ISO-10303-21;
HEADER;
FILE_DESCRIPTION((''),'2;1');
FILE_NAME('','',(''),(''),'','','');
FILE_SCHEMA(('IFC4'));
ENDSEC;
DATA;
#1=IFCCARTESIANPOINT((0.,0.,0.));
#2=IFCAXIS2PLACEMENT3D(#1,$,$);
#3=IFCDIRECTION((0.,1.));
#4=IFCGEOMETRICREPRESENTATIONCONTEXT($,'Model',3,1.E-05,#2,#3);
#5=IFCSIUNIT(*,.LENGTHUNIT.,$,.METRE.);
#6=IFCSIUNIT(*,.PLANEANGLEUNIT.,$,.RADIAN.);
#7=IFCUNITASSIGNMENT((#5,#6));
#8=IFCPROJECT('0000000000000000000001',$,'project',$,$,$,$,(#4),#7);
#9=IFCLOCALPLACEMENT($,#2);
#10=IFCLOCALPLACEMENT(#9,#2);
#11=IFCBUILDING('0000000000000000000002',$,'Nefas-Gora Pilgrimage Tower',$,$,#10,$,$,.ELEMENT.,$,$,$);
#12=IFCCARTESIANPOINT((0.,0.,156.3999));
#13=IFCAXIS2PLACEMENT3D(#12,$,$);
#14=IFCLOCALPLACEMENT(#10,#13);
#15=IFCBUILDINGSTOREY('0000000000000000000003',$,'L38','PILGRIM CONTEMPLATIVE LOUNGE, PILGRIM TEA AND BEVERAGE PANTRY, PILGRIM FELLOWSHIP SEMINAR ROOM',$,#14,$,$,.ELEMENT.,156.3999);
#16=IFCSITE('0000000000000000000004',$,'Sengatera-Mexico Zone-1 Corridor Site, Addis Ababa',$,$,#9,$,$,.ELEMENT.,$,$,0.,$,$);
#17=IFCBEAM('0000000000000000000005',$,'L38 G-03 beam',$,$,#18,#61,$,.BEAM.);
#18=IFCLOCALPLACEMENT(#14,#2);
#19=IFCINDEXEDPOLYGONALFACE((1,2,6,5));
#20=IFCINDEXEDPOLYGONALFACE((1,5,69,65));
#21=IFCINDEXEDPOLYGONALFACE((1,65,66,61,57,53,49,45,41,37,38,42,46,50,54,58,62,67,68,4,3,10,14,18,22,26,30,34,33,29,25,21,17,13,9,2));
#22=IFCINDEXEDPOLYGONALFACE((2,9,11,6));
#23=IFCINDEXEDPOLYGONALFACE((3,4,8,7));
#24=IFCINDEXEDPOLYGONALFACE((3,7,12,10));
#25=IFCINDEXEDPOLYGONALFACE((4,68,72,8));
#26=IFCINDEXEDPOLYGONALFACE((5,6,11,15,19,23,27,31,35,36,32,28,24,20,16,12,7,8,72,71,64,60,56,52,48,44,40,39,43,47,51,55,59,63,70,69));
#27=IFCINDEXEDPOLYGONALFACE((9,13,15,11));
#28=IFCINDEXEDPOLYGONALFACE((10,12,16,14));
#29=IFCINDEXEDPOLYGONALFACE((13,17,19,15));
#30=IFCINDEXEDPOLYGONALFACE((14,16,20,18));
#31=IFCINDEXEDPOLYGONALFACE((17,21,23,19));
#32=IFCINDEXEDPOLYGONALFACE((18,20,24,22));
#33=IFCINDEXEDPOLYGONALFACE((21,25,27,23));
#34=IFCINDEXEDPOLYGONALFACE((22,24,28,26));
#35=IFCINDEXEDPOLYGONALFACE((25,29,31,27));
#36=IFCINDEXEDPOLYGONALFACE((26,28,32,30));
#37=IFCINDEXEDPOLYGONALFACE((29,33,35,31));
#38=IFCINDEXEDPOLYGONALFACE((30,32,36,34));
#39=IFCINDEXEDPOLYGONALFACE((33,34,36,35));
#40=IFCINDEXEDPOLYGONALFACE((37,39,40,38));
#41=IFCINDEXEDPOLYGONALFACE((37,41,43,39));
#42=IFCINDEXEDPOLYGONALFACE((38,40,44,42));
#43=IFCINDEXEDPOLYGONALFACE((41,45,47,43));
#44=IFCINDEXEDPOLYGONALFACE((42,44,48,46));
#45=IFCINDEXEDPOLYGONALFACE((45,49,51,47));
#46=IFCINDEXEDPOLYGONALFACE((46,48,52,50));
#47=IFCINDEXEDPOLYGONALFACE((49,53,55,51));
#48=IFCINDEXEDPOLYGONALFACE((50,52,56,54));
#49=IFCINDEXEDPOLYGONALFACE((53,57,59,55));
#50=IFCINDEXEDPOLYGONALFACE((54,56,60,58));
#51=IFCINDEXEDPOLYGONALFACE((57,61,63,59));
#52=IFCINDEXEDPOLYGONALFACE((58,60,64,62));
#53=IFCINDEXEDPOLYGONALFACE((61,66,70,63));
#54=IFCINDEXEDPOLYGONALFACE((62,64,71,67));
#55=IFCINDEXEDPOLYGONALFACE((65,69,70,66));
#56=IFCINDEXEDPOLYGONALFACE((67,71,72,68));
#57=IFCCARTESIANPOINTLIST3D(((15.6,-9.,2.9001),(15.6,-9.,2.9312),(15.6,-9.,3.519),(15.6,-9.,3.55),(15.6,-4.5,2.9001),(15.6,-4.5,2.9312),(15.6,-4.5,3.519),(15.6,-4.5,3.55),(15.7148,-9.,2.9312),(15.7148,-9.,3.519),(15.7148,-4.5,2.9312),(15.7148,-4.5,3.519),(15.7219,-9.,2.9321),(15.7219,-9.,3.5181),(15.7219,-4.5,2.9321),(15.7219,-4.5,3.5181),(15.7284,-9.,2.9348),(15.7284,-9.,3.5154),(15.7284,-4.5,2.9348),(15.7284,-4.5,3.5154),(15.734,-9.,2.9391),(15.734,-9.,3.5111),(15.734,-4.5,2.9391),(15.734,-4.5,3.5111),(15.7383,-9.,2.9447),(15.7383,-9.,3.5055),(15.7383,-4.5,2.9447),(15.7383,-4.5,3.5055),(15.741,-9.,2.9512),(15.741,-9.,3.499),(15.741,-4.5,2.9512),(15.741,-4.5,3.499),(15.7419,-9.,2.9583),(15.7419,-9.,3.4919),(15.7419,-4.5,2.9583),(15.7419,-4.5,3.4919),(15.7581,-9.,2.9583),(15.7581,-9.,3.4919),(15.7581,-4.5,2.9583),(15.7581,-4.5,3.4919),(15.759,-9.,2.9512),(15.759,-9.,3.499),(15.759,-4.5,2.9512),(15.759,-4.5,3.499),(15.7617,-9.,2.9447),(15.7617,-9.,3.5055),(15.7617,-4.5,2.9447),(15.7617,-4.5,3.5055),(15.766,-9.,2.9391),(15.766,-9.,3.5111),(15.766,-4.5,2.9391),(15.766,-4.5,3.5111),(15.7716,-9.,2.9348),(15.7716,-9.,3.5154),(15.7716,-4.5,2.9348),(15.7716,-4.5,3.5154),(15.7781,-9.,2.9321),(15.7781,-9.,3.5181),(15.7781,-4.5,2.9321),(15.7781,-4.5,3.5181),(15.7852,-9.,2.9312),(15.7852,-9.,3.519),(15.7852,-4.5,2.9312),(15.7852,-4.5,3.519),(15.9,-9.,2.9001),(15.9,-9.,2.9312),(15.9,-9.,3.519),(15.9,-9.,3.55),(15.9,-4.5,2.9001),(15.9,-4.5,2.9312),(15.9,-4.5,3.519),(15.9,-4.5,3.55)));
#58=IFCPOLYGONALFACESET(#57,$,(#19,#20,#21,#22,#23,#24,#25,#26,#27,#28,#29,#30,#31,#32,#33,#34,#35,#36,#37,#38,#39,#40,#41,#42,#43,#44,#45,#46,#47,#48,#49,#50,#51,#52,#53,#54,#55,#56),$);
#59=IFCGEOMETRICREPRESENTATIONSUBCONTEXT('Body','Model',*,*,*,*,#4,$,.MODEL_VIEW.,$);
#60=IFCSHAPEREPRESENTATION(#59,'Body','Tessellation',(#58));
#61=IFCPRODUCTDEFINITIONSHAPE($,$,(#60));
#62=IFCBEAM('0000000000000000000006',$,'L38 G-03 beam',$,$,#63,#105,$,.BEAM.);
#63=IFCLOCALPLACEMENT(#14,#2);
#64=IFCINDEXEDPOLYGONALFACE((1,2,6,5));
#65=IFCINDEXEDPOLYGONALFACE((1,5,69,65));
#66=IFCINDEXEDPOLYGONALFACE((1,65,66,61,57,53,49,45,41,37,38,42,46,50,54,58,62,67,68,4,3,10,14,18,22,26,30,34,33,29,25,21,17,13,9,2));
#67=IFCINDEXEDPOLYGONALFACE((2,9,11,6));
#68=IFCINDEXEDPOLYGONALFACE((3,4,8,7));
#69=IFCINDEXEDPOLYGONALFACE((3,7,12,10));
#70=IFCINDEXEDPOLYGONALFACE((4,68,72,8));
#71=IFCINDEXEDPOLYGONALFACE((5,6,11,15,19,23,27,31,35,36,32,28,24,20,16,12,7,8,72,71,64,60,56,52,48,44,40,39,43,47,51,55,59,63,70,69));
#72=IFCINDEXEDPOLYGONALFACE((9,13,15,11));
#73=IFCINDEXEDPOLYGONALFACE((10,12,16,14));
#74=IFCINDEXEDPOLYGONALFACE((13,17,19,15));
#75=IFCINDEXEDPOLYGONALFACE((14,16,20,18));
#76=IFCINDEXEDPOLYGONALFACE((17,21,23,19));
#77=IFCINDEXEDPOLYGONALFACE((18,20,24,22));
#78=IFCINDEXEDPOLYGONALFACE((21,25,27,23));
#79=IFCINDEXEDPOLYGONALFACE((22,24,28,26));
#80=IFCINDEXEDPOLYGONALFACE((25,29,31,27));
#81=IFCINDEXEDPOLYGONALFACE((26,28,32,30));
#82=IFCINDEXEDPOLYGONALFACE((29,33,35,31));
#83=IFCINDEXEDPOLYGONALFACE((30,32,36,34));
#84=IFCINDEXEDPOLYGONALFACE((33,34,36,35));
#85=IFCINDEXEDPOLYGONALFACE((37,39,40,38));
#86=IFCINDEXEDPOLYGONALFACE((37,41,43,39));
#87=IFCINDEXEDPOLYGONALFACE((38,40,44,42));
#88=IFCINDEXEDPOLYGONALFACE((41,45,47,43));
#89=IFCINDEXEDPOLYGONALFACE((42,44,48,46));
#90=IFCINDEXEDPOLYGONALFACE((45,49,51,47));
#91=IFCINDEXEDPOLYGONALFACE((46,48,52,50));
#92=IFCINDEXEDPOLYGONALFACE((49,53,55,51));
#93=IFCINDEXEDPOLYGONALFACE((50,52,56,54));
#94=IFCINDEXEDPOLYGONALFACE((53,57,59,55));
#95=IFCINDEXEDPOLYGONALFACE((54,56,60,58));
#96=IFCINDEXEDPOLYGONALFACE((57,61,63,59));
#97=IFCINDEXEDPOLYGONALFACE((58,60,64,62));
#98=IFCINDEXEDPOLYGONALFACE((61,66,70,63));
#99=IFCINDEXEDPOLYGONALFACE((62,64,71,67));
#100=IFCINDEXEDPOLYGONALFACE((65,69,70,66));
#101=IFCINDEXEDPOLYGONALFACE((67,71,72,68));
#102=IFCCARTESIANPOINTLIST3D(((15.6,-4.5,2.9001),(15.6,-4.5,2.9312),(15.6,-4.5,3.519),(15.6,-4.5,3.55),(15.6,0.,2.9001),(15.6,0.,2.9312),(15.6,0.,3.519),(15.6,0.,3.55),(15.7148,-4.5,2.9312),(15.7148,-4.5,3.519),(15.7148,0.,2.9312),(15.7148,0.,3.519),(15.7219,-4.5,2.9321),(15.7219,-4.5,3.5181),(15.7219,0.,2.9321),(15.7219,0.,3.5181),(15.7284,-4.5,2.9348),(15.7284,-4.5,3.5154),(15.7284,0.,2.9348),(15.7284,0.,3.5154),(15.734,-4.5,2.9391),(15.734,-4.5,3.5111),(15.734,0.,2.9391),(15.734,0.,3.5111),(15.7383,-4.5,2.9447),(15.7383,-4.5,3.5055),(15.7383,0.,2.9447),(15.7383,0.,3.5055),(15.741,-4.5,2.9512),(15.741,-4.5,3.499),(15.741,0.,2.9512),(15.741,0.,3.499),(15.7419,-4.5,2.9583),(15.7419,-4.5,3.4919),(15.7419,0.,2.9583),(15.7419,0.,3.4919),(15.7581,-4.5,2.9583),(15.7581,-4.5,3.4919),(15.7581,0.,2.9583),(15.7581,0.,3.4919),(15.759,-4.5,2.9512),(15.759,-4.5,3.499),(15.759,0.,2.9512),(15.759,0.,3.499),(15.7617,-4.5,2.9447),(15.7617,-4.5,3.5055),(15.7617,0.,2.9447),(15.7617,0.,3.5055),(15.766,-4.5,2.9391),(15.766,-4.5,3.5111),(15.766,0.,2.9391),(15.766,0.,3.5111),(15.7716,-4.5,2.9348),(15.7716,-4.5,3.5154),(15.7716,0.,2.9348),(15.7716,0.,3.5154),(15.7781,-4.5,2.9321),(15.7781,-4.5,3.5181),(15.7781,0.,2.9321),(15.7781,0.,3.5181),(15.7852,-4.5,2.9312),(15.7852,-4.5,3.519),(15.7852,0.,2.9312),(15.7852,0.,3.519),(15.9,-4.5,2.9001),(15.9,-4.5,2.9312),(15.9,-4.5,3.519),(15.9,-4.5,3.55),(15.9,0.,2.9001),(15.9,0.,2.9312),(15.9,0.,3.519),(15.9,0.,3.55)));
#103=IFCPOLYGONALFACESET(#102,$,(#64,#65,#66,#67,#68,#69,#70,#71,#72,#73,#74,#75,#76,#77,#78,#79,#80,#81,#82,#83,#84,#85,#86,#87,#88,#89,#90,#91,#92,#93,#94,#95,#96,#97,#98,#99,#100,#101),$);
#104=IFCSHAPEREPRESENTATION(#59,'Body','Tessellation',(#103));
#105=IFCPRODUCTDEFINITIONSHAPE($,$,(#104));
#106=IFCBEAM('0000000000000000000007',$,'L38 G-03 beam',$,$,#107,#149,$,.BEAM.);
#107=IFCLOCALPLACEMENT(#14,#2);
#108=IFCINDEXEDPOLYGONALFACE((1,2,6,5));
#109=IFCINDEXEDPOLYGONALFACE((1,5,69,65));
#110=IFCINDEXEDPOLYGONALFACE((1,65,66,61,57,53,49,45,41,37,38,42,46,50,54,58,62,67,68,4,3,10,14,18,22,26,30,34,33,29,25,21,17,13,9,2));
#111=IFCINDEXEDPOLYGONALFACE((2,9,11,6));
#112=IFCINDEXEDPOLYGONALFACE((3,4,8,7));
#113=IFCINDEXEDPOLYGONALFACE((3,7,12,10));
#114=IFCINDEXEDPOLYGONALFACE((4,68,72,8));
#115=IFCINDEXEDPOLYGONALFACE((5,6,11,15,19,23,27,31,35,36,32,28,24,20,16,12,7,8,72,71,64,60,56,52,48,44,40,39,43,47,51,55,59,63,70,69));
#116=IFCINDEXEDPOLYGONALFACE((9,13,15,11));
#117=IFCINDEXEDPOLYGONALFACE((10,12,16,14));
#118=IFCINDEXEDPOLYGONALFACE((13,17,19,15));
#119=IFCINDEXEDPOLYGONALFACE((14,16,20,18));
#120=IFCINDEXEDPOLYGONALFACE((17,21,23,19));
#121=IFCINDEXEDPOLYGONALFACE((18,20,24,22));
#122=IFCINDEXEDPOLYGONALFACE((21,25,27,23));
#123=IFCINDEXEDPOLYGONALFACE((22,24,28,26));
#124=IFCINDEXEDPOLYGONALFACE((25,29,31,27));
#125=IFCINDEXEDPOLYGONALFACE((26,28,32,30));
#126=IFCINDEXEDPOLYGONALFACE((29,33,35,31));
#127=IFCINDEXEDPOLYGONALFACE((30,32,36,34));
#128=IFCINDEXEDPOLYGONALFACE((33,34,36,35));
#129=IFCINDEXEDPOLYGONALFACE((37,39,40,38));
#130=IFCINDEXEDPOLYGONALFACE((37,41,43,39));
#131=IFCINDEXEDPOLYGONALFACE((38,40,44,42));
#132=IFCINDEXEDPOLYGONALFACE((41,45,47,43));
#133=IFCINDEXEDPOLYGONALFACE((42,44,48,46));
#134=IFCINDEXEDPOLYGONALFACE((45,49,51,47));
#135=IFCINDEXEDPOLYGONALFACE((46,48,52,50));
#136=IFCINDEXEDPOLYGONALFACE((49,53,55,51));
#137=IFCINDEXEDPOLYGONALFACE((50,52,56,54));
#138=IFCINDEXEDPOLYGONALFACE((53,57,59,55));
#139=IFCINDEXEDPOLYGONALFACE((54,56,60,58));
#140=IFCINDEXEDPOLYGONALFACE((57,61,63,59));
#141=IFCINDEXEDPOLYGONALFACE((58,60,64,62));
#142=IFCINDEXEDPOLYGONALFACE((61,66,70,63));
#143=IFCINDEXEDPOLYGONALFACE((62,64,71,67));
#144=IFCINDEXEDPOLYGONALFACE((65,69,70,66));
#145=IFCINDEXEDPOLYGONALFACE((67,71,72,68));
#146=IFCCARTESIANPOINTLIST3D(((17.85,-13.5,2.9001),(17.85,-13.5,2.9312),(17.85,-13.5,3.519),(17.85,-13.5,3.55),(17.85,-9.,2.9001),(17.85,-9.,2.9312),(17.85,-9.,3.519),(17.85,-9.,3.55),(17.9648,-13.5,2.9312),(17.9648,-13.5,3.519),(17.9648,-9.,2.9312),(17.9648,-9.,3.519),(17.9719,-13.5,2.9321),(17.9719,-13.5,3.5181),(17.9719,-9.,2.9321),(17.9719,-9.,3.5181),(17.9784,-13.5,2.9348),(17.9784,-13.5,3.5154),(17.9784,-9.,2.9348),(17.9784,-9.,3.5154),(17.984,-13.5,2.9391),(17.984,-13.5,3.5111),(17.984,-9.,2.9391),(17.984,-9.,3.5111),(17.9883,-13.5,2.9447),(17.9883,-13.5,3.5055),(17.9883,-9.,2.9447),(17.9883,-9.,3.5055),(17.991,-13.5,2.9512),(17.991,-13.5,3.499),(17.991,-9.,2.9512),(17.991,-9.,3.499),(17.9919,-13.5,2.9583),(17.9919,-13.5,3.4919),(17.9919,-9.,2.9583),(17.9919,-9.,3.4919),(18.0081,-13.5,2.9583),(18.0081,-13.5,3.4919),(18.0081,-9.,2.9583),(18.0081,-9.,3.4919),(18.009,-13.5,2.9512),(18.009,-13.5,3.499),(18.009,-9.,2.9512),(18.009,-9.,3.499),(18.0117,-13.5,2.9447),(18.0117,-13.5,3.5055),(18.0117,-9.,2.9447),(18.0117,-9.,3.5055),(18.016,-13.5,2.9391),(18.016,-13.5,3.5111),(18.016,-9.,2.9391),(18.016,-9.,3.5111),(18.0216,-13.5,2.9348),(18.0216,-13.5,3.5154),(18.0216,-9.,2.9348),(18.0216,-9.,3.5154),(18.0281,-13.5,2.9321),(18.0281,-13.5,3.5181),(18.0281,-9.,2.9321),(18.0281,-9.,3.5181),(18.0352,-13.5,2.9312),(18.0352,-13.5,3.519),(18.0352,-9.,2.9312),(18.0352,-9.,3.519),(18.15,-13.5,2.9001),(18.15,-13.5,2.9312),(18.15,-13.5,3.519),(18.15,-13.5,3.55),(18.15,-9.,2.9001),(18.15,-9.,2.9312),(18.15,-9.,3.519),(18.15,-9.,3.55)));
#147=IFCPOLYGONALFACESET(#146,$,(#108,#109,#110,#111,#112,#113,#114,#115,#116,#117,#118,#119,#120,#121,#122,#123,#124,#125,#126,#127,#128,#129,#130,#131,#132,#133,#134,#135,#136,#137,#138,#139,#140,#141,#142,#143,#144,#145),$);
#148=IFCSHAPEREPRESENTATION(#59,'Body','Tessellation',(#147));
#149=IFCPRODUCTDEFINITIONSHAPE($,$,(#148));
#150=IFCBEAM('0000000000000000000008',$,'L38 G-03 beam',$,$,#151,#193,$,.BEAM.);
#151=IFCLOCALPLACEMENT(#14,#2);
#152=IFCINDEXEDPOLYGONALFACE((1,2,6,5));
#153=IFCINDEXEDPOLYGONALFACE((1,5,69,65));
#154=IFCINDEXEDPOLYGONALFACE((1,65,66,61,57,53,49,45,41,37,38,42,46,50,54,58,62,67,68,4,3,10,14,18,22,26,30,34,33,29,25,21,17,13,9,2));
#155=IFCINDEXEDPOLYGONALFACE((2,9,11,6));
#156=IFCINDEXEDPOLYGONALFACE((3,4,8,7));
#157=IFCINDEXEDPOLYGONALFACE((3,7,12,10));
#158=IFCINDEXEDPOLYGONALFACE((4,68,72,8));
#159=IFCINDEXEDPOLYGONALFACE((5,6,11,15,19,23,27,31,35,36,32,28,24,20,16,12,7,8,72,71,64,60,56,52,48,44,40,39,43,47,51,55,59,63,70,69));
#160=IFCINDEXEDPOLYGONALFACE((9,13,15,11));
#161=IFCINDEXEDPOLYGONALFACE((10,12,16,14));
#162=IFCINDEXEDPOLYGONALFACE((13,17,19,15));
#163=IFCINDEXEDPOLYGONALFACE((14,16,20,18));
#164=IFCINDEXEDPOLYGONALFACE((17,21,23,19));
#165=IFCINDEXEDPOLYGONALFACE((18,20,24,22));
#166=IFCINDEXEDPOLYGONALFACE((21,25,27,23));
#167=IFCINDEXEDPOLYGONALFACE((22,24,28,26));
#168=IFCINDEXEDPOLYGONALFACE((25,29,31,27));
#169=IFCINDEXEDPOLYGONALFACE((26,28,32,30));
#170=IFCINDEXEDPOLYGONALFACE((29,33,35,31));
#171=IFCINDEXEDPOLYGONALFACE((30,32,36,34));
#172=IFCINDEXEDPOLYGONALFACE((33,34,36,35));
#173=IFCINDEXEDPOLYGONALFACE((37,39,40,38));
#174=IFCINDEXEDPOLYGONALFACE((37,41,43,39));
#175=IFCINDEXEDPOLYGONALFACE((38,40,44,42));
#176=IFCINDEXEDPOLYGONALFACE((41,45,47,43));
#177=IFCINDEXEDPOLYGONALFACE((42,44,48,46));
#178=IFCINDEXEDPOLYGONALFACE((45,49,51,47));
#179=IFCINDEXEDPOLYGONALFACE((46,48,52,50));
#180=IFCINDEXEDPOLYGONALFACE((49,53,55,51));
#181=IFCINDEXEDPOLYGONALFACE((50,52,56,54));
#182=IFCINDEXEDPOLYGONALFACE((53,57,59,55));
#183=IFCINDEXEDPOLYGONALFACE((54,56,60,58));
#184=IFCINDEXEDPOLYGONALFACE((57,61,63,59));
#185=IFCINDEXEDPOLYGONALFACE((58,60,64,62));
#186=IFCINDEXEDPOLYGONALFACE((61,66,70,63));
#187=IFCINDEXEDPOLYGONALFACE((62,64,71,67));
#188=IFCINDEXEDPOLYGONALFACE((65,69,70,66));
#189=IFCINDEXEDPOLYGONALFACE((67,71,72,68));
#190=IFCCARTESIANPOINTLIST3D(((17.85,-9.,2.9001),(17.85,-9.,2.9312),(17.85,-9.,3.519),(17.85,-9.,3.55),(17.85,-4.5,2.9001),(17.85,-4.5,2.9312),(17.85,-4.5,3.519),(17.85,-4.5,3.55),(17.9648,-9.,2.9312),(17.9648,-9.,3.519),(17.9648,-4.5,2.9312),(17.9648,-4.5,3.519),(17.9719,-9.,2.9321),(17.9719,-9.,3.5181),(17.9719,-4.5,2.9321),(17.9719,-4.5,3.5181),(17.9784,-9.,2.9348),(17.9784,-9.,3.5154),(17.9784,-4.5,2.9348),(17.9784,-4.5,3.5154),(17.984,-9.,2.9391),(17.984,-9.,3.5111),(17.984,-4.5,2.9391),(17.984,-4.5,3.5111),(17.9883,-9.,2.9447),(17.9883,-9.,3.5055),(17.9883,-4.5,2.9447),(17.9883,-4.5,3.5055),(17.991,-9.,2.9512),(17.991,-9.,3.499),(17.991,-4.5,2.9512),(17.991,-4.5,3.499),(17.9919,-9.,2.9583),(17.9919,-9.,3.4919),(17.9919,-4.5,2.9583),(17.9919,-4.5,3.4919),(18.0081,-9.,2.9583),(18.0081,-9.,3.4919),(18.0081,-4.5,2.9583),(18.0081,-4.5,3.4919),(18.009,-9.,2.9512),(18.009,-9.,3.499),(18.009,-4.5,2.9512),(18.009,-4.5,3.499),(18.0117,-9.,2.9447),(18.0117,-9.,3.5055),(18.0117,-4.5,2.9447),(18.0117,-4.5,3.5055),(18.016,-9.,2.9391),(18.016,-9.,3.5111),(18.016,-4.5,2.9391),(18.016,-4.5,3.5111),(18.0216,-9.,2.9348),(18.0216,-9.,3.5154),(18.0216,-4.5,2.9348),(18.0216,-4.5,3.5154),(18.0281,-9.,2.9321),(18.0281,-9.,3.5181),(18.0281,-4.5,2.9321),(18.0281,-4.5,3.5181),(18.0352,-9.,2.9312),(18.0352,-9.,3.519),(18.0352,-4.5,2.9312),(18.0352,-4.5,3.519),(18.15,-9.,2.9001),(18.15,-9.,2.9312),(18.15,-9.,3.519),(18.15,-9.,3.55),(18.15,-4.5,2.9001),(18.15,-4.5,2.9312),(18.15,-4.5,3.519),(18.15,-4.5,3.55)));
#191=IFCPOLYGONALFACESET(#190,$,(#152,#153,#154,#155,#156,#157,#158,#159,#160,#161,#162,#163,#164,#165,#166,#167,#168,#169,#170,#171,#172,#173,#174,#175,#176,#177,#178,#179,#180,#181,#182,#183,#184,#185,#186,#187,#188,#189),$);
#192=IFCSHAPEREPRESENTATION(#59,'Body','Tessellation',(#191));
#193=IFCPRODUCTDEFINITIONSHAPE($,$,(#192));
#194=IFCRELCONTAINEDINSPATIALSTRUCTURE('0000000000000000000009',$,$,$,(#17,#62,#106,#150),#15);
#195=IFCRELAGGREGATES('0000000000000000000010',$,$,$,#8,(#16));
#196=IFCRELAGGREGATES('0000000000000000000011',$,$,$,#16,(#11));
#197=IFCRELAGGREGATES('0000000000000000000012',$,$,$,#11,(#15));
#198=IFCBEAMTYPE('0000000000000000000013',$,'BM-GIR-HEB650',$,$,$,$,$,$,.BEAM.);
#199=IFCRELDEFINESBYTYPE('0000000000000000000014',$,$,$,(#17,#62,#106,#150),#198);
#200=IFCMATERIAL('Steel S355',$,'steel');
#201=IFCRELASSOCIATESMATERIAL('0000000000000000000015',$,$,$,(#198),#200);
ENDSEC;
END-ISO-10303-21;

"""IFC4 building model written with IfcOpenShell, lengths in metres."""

from ifc_helpers import new_model, si_unit, direction, frame, origin, origin_2d, place, context, subcontext, project, spatial, i_section, extrude, source, transform, mapped, material, material_profile, profile_set, type_object, element, save


model = new_model("IFC4")

# Units and contexts
model_context = context("Model", 3, precision=1e-05, world=origin(), true_north=direction((0.0, 1.0)))
body_context = subcontext(model_context, "Body", "Model", "MODEL_VIEW")
ifc_project = project(units=[si_unit("LENGTHUNIT", "METRE"), si_unit("PLANEANGLEUNIT", "RADIAN")], contexts=[model_context])

# Site, building, storey
site_placement = place(None, origin())
site = spatial("IfcSite", under=ifc_project, at=site_placement, Name="Sengatera-Mexico Zone-1 Corridor Site, Addis Ababa", CompositionType="ELEMENT", RefElevation=0.0)
building_placement = place(site_placement, origin())
building = spatial("IfcBuilding", under=site, at=building_placement, Name="Nefas-Gora Pilgrimage Tower", CompositionType="ELEMENT")
storey_placement = place(building_placement, frame((0.0, 0.0, 156.3999)))
storey = spatial("IfcBuildingStorey", under=building, at=storey_placement, Name="L38", Description="PILGRIM CONTEMPLATIVE LOUNGE, PILGRIM TEA AND BEVERAGE PANTRY, PILGRIM FELLOWSHIP SEMINAR ROOM", CompositionType="ELEMENT", Elevation=156.3999)

# Beams
ifc_material_1 = material(Name="Steel S355", Category="steel")
ifc_material_profile_1 = material_profile(ifc_material_1, i_section(OverallWidth=0.3, OverallDepth=0.6499, WebThickness=0.0161, FlangeThickness=0.031, FilletRadius=0.0271, at=origin_2d()), Name="HEB 650")
ifc_profile_set_1 = profile_set([ifc_material_profile_1], Name="Steel S355")
beam_type_1 = type_object("IfcBeamType", Name="BM-GIR-HEB650", PredefinedType="BEAM", material=ifc_profile_set_1)
shared_shape_1 = source(origin(), body_context, "Body", "SweptSolid", [
    extrude(i_section(OverallWidth=0.3, OverallDepth=0.6499, WebThickness=0.0161, FlangeThickness=0.031, FilletRadius=0.0271, at=origin_2d()), origin(), (0.0, 0.0, 1.0), 4.5),
])
for number, where, z_axis, x_axis, name in (
    (1, (15.75, -9.0, 3.2251), (0.0, 1.0, 0.0), (-1.0, 0.0, 0.0), "L38 G-03 beam"),
    (2, (15.75, -4.5, 3.2251), (0.0, 1.0, 0.0), (-1.0, 0.0, 0.0), "L38 G-03 beam"),
    (3, (18.0, -13.5, 3.2251), (0.0, 1.0, 0.0), (-1.0, 0.0, 0.0), "L38 G-03 beam"),
    (4, (18.0, -9.0, 3.2251), (0.0, 1.0, 0.0), (-1.0, 0.0, 0.0), "L38 G-03 beam"),
):
    element("IfcBeam", number, at=place(storey_placement, frame(where, z_axis=z_axis, x_axis=x_axis)), inside=storey, type_object=beam_type_1, Name=name, PredefinedType="BEAM", context=body_context, shape_type="MappedRepresentation", body=[
        mapped(shared_shape_1, transform((0.0, 0.0, 0.0), x_axis=(1.0, 0.0, 0.0), y_axis=(0.0, 1.0, 0.0), z_axis=(0.0, 0.0, 1.0), scale=1.0)),
    ])

save(model, "model.ifc")
